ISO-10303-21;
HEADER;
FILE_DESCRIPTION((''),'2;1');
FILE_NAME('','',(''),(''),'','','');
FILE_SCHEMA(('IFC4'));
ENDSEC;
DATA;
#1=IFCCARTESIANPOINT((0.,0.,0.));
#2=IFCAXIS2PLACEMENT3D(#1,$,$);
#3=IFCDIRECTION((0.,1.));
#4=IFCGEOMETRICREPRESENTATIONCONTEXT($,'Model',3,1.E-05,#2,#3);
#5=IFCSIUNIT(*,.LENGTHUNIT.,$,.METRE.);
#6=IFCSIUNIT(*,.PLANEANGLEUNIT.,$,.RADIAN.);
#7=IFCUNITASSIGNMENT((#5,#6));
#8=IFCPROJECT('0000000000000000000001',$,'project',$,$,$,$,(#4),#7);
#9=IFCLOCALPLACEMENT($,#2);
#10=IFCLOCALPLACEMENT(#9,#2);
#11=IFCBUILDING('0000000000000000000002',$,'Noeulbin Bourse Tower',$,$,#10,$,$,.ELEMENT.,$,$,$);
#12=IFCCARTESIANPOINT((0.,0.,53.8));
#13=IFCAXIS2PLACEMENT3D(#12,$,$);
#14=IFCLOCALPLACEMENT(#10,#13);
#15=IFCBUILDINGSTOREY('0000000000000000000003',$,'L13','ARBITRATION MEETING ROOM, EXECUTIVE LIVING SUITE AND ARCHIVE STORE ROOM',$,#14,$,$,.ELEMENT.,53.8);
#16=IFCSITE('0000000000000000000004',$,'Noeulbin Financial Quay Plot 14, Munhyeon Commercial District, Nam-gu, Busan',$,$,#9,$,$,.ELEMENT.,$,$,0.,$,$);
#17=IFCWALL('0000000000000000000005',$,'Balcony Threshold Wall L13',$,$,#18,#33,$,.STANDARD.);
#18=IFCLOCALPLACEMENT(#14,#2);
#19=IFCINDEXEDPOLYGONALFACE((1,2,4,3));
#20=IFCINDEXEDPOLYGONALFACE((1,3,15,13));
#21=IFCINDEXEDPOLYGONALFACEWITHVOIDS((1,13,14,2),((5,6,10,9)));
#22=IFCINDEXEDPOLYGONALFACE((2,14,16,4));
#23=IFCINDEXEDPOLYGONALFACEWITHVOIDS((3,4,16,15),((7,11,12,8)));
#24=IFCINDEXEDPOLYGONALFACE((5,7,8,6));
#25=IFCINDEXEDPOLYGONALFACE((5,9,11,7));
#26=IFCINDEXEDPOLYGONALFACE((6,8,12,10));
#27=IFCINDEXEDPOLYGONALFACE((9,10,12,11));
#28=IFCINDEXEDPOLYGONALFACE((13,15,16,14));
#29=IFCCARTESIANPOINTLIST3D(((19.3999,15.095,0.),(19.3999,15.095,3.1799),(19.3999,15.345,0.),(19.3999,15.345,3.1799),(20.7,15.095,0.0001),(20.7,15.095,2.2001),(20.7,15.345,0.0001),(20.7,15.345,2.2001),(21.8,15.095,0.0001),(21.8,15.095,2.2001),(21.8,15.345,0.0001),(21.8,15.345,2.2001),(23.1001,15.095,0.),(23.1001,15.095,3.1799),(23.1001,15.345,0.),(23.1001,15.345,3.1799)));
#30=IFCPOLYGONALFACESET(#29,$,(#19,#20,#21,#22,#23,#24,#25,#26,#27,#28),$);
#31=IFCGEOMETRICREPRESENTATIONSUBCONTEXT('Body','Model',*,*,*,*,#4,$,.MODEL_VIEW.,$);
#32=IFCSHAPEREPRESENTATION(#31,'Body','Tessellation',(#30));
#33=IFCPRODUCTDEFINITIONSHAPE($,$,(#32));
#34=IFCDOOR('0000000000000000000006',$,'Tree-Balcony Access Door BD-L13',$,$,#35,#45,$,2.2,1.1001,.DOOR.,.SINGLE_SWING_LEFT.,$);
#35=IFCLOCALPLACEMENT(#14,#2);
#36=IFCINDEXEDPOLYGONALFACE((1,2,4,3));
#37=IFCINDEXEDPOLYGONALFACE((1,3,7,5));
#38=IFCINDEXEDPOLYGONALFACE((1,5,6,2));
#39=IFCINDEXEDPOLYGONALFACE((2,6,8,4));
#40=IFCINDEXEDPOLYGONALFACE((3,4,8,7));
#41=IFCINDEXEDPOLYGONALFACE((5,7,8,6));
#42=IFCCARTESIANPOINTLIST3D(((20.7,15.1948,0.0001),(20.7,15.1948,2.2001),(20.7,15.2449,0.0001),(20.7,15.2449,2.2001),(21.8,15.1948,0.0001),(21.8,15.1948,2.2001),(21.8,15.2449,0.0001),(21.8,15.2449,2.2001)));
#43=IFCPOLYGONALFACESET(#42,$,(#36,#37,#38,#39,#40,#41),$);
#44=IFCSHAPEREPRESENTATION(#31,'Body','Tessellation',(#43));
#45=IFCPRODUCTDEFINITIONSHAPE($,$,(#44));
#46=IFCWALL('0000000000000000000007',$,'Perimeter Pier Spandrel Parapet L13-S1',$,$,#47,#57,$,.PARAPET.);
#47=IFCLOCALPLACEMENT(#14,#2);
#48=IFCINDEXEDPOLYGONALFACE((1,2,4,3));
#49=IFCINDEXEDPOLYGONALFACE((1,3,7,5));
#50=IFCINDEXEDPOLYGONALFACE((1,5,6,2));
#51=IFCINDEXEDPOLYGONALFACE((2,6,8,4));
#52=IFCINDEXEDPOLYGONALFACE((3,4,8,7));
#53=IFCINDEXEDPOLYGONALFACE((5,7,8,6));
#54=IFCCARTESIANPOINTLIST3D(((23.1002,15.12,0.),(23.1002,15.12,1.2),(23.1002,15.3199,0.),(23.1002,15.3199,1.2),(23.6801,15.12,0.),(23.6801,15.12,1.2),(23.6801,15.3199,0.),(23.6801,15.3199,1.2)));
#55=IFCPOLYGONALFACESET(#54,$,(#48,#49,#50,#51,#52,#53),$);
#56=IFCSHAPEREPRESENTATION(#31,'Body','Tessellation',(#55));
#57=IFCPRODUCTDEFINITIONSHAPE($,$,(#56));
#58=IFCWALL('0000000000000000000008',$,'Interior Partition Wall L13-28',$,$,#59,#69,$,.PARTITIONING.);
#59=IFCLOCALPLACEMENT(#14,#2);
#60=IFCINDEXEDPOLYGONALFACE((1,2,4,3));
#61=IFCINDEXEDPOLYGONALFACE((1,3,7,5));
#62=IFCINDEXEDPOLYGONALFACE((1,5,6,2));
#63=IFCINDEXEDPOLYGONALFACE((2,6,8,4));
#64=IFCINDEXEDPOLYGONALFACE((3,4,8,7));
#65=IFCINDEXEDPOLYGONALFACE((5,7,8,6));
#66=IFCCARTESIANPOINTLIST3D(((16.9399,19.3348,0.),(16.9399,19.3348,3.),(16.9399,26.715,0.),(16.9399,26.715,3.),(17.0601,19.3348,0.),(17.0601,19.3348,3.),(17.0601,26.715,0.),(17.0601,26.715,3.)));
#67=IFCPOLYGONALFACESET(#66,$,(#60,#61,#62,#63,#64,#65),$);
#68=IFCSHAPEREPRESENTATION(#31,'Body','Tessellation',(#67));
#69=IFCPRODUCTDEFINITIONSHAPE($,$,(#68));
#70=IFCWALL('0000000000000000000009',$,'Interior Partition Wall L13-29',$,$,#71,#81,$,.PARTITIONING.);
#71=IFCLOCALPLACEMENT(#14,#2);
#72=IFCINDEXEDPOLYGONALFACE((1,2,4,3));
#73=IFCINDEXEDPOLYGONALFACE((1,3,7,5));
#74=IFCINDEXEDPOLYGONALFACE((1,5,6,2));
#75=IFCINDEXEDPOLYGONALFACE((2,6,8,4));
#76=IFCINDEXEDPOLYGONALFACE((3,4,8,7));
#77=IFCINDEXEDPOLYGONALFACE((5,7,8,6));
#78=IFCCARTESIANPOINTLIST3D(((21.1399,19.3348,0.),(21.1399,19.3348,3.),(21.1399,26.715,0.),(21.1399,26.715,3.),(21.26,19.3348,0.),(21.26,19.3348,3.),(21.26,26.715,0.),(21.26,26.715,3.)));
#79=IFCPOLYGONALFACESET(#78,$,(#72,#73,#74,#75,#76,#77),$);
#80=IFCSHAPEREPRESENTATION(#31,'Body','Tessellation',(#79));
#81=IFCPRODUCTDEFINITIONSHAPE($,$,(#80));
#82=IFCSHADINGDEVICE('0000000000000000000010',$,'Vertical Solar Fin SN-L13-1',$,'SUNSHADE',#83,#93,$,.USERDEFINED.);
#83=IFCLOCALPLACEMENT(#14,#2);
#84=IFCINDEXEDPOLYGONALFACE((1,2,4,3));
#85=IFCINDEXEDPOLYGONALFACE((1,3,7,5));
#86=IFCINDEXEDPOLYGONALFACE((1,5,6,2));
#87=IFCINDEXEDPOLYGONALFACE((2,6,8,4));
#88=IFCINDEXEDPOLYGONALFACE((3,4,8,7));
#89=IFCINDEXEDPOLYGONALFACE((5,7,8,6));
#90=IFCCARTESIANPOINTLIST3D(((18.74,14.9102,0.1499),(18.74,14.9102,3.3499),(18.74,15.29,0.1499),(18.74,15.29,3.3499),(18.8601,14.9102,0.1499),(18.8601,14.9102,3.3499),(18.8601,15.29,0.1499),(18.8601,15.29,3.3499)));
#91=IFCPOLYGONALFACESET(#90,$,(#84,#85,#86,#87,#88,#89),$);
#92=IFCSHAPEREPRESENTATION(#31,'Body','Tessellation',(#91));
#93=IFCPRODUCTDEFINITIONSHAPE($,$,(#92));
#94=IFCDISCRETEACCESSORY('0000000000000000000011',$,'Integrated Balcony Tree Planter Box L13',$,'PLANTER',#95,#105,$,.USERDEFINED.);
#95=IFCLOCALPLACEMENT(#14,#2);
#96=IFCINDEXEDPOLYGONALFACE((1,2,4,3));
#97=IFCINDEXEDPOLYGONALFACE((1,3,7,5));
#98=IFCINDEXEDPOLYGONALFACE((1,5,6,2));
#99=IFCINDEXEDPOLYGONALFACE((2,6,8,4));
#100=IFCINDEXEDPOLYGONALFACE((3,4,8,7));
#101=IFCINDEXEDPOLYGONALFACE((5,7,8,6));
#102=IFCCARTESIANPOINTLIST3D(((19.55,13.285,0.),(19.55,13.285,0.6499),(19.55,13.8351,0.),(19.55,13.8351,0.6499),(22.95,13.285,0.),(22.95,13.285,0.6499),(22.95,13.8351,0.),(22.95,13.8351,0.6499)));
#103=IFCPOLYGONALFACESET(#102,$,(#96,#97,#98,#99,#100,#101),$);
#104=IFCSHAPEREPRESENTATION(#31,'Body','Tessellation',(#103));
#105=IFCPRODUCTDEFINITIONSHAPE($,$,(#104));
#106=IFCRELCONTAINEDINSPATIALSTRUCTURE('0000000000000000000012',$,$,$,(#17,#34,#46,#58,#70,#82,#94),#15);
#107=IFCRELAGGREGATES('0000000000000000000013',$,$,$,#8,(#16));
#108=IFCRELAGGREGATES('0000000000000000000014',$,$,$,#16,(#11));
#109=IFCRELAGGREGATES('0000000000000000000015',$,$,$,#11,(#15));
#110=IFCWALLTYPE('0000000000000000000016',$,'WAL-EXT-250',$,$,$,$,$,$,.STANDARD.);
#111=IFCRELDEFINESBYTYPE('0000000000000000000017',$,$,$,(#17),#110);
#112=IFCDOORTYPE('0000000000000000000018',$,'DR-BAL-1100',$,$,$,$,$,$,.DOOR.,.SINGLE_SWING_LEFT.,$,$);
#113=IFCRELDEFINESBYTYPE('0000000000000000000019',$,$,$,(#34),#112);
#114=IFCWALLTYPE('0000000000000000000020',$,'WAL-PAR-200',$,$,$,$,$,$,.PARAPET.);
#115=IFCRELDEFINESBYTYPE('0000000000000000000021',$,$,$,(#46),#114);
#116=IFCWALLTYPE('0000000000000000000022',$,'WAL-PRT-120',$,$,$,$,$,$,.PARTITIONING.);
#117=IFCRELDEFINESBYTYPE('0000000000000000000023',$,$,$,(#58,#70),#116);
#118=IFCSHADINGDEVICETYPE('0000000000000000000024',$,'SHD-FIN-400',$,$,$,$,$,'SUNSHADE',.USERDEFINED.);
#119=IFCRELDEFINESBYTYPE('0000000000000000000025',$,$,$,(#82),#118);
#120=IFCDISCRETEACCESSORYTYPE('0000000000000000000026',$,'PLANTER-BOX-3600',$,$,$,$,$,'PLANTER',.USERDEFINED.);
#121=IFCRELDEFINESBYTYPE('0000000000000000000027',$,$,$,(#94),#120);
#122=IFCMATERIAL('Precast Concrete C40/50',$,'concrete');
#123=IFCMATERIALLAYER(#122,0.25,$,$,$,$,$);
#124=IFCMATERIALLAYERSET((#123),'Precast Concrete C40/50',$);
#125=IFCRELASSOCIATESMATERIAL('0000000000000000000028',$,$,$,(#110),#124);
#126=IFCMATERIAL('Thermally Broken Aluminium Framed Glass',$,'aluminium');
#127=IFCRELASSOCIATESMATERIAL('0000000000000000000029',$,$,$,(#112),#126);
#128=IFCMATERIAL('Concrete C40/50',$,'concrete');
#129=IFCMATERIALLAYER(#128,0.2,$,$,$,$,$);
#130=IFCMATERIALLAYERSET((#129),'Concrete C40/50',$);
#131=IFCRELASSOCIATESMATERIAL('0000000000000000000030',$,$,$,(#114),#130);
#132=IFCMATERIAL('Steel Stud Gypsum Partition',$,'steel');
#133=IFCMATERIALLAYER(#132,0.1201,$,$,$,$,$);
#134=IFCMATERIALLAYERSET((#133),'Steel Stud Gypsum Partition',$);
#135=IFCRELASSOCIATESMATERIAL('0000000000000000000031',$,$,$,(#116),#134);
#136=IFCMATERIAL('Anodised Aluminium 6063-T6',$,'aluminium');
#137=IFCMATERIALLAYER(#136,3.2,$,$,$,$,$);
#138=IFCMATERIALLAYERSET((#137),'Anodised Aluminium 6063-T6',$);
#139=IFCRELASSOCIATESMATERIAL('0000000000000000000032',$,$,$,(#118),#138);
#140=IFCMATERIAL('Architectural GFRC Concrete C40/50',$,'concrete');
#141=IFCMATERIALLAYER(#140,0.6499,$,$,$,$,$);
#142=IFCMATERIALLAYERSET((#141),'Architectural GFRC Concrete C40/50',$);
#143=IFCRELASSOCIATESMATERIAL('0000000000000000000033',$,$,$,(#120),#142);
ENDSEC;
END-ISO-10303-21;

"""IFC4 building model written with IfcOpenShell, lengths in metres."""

from ifc_helpers import new_model, si_unit, direction, frame, frame_2d, origin, origin_2d, place, context, subcontext, project, spatial, rectangle, extrude, material, layer, layer_set, type_object, element, fill, save


model = new_model("IFC4")

# Units and contexts
model_context = context("Model", 3, precision=1e-05, world=origin(), true_north=direction((0.0, 1.0)))
body_context = subcontext(model_context, "Body", "Model", "MODEL_VIEW")
ifc_project = project(units=[si_unit("LENGTHUNIT", "METRE"), si_unit("PLANEANGLEUNIT", "RADIAN")], contexts=[model_context])

# Site, building, storey
site_placement = place(None, origin())
site = spatial("IfcSite", under=ifc_project, at=site_placement, Name="Noeulbin Financial Quay Plot 14, Munhyeon Commercial District, Nam-gu, Busan", CompositionType="ELEMENT", RefElevation=0.0)
building_placement = place(site_placement, origin())
building = spatial("IfcBuilding", under=site, at=building_placement, Name="Noeulbin Bourse Tower", CompositionType="ELEMENT")
storey_placement = place(building_placement, frame((0.0, 0.0, 53.8)))
storey = spatial("IfcBuildingStorey", under=building, at=storey_placement, Name="L13", Description="ARBITRATION MEETING ROOM, EXECUTIVE LIVING SUITE AND ARCHIVE STORE ROOM", CompositionType="ELEMENT", Elevation=53.8)

# Shared definitions
ifc_material_1 = material(Name="Anodised Aluminium 6063-T6", Category="aluminium")

# Wall, opening, door
ifc_material_2 = material(Name="Precast Concrete C40/50", Category="concrete")
ifc_layer_1 = layer(ifc_material_2, 0.25)
ifc_layer_set_1 = layer_set([ifc_layer_1], Name="Precast Concrete C40/50")
wall_type_1 = type_object("IfcWallType", Name="WAL-EXT-250", PredefinedType="STANDARD", material=ifc_layer_set_1)
wall_1_placement = place(storey_placement, frame((19.3999, 15.22, 0.0), z_axis=(0.0, 0.0, 1.0), x_axis=(1.0, 0.0, 0.0)))
wall_1 = element("IfcWall", 1, at=wall_1_placement, inside=storey, type_object=wall_type_1, Name="Balcony Threshold Wall L13", PredefinedType="STANDARD", context=body_context, shape_type="SweptSolid", body=[
    extrude(rectangle(XDim=3.7002, YDim=0.25, at=frame_2d((1.8501, 0.0))), origin(), (0.0, 0.0, 1.0), 3.1799),
])
opening_placement = place(wall_1_placement, frame((1.3, 0.0, 0.0)))
opening = element("IfcOpeningElement", 2, at=opening_placement, cuts=wall_1, PredefinedType="OPENING", context=body_context, shape_type="SweptSolid", body=[
    extrude(rectangle(XDim=1.1001, YDim=2.2, at=frame_2d((0.55, 1.1001))), frame((0.0, 0.135, 0.0), z_axis=(0.0, -1.0, 0.0), x_axis=(1.0, 0.0, 0.0)), (0.0, 0.0, 1.0), 0.27),
])
ifc_material_3 = material(Name="Thermally Broken Aluminium Framed Glass", Category="aluminium")
door_type = type_object("IfcDoorType", Name="DR-BAL-1100", OperationType="SINGLE_SWING_LEFT", PredefinedType="DOOR", material=ifc_material_3)
door_placement = place(opening_placement, origin())
door = element("IfcDoor", 3, at=door_placement, inside=storey, type_object=door_type, Name="Tree-Balcony Access Door BD-L13", OperationType="SINGLE_SWING_LEFT", OverallHeight=2.2, OverallWidth=1.1001, PredefinedType="DOOR", context=body_context, shape_type="SweptSolid", body=[
    extrude(rectangle(XDim=1.1001, YDim=2.2, at=frame_2d((0.55, 1.1001))), frame((0.0, 0.0249, 0.0), z_axis=(0.0, -1.0, 0.0), x_axis=(1.0, 0.0, 0.0)), (0.0, 0.0, 1.0), 0.05),
])
fill(opening, door)

# Walls
ifc_material_4 = material(Name="Concrete C40/50", Category="concrete")
ifc_layer_2 = layer(ifc_material_4, 0.2)
ifc_layer_set_2 = layer_set([ifc_layer_2], Name="Concrete C40/50")
wall_type_2 = type_object("IfcWallType", Name="WAL-PAR-200", PredefinedType="PARAPET", material=ifc_layer_set_2)
wall_2_placement = place(storey_placement, frame((23.1001, 15.22, 0.0), z_axis=(0.0, 0.0, 1.0), x_axis=(1.0, 0.0, 0.0)))
element("IfcWall", 4, at=wall_2_placement, inside=storey, type_object=wall_type_2, Name="Perimeter Pier Spandrel Parapet L13-S1", PredefinedType="PARAPET", context=body_context, shape_type="SweptSolid", body=[
    extrude(rectangle(XDim=0.5798, YDim=0.2, at=frame_2d((0.29, 0.0))), origin(), (0.0, 0.0, 1.0), 1.2),
])
ifc_material_5 = material(Name="Steel Stud Gypsum Partition", Category="steel")
ifc_layer_3 = layer(ifc_material_5, 0.1201)
ifc_layer_set_3 = layer_set([ifc_layer_3], Name="Steel Stud Gypsum Partition")
wall_type_3 = type_object("IfcWallType", Name="WAL-PRT-120", PredefinedType="PARTITIONING", material=ifc_layer_set_3)
for number, where, z_axis, x_axis, name in (
    (5, (17.0, 19.335, 0.0), (0.0, 0.0, 1.0), (0.0, 1.0, 0.0), "Interior Partition Wall L13-28"),
    (6, (21.2, 19.335, 0.0), (0.0, 0.0, 1.0), (0.0, 1.0, 0.0), "Interior Partition Wall L13-29"),
):
    element("IfcWall", number, at=place(storey_placement, frame(where, z_axis=z_axis, x_axis=x_axis)), inside=storey, type_object=wall_type_3, Name=name, PredefinedType="PARTITIONING", context=body_context, shape_type="SweptSolid", body=[
        extrude(rectangle(XDim=7.3801, YDim=0.1201, at=frame_2d((3.6899, 0.0))), origin(), (0.0, 0.0, 1.0), 3.0),
    ])

# Shading device
ifc_layer_4 = layer(ifc_material_1, 3.2)
ifc_layer_set_4 = layer_set([ifc_layer_4], Name="Anodised Aluminium 6063-T6")
shading_device_type = type_object("IfcShadingDeviceType", Name="SHD-FIN-400", ElementType="SUNSHADE", PredefinedType="USERDEFINED", material=ifc_layer_set_4)
shading_device_placement = place(storey_placement, frame((18.8, 15.1001, 0.1499), z_axis=(0.0, 0.0, 1.0), x_axis=(1.0, 0.0, 0.0)))
element("IfcShadingDevice", 7, at=shading_device_placement, inside=storey, type_object=shading_device_type, Name="Vertical Solar Fin SN-L13-1", ObjectType="SUNSHADE", PredefinedType="USERDEFINED", context=body_context, shape_type="SweptSolid", body=[
    extrude(rectangle(XDim=0.1201, YDim=0.3799, at=origin_2d()), origin(), (0.0, 0.0, 1.0), 3.2),
])

# Discrete accessory
ifc_material_6 = material(Name="Architectural GFRC Concrete C40/50", Category="concrete")
ifc_layer_5 = layer(ifc_material_6, 0.6499)
ifc_layer_set_5 = layer_set([ifc_layer_5], Name="Architectural GFRC Concrete C40/50")
discrete_accessory_type = type_object("IfcDiscreteAccessoryType", Name="PLANTER-BOX-3600", ElementType="PLANTER", PredefinedType="USERDEFINED", material=ifc_layer_set_5)
discrete_accessory_placement = place(storey_placement, frame((21.25, 13.5601, 0.0), z_axis=(0.0, 0.0, 1.0), x_axis=(1.0, 0.0, 0.0)))
element("IfcDiscreteAccessory", 8, at=discrete_accessory_placement, inside=storey, type_object=discrete_accessory_type, Name="Integrated Balcony Tree Planter Box L13", ObjectType="PLANTER", PredefinedType="USERDEFINED", context=body_context, shape_type="SweptSolid", body=[
    extrude(rectangle(XDim=3.3999, YDim=0.55, at=origin_2d()), origin(), (0.0, 0.0, 1.0), 0.6499),
])

save(model, "model.ifc")
